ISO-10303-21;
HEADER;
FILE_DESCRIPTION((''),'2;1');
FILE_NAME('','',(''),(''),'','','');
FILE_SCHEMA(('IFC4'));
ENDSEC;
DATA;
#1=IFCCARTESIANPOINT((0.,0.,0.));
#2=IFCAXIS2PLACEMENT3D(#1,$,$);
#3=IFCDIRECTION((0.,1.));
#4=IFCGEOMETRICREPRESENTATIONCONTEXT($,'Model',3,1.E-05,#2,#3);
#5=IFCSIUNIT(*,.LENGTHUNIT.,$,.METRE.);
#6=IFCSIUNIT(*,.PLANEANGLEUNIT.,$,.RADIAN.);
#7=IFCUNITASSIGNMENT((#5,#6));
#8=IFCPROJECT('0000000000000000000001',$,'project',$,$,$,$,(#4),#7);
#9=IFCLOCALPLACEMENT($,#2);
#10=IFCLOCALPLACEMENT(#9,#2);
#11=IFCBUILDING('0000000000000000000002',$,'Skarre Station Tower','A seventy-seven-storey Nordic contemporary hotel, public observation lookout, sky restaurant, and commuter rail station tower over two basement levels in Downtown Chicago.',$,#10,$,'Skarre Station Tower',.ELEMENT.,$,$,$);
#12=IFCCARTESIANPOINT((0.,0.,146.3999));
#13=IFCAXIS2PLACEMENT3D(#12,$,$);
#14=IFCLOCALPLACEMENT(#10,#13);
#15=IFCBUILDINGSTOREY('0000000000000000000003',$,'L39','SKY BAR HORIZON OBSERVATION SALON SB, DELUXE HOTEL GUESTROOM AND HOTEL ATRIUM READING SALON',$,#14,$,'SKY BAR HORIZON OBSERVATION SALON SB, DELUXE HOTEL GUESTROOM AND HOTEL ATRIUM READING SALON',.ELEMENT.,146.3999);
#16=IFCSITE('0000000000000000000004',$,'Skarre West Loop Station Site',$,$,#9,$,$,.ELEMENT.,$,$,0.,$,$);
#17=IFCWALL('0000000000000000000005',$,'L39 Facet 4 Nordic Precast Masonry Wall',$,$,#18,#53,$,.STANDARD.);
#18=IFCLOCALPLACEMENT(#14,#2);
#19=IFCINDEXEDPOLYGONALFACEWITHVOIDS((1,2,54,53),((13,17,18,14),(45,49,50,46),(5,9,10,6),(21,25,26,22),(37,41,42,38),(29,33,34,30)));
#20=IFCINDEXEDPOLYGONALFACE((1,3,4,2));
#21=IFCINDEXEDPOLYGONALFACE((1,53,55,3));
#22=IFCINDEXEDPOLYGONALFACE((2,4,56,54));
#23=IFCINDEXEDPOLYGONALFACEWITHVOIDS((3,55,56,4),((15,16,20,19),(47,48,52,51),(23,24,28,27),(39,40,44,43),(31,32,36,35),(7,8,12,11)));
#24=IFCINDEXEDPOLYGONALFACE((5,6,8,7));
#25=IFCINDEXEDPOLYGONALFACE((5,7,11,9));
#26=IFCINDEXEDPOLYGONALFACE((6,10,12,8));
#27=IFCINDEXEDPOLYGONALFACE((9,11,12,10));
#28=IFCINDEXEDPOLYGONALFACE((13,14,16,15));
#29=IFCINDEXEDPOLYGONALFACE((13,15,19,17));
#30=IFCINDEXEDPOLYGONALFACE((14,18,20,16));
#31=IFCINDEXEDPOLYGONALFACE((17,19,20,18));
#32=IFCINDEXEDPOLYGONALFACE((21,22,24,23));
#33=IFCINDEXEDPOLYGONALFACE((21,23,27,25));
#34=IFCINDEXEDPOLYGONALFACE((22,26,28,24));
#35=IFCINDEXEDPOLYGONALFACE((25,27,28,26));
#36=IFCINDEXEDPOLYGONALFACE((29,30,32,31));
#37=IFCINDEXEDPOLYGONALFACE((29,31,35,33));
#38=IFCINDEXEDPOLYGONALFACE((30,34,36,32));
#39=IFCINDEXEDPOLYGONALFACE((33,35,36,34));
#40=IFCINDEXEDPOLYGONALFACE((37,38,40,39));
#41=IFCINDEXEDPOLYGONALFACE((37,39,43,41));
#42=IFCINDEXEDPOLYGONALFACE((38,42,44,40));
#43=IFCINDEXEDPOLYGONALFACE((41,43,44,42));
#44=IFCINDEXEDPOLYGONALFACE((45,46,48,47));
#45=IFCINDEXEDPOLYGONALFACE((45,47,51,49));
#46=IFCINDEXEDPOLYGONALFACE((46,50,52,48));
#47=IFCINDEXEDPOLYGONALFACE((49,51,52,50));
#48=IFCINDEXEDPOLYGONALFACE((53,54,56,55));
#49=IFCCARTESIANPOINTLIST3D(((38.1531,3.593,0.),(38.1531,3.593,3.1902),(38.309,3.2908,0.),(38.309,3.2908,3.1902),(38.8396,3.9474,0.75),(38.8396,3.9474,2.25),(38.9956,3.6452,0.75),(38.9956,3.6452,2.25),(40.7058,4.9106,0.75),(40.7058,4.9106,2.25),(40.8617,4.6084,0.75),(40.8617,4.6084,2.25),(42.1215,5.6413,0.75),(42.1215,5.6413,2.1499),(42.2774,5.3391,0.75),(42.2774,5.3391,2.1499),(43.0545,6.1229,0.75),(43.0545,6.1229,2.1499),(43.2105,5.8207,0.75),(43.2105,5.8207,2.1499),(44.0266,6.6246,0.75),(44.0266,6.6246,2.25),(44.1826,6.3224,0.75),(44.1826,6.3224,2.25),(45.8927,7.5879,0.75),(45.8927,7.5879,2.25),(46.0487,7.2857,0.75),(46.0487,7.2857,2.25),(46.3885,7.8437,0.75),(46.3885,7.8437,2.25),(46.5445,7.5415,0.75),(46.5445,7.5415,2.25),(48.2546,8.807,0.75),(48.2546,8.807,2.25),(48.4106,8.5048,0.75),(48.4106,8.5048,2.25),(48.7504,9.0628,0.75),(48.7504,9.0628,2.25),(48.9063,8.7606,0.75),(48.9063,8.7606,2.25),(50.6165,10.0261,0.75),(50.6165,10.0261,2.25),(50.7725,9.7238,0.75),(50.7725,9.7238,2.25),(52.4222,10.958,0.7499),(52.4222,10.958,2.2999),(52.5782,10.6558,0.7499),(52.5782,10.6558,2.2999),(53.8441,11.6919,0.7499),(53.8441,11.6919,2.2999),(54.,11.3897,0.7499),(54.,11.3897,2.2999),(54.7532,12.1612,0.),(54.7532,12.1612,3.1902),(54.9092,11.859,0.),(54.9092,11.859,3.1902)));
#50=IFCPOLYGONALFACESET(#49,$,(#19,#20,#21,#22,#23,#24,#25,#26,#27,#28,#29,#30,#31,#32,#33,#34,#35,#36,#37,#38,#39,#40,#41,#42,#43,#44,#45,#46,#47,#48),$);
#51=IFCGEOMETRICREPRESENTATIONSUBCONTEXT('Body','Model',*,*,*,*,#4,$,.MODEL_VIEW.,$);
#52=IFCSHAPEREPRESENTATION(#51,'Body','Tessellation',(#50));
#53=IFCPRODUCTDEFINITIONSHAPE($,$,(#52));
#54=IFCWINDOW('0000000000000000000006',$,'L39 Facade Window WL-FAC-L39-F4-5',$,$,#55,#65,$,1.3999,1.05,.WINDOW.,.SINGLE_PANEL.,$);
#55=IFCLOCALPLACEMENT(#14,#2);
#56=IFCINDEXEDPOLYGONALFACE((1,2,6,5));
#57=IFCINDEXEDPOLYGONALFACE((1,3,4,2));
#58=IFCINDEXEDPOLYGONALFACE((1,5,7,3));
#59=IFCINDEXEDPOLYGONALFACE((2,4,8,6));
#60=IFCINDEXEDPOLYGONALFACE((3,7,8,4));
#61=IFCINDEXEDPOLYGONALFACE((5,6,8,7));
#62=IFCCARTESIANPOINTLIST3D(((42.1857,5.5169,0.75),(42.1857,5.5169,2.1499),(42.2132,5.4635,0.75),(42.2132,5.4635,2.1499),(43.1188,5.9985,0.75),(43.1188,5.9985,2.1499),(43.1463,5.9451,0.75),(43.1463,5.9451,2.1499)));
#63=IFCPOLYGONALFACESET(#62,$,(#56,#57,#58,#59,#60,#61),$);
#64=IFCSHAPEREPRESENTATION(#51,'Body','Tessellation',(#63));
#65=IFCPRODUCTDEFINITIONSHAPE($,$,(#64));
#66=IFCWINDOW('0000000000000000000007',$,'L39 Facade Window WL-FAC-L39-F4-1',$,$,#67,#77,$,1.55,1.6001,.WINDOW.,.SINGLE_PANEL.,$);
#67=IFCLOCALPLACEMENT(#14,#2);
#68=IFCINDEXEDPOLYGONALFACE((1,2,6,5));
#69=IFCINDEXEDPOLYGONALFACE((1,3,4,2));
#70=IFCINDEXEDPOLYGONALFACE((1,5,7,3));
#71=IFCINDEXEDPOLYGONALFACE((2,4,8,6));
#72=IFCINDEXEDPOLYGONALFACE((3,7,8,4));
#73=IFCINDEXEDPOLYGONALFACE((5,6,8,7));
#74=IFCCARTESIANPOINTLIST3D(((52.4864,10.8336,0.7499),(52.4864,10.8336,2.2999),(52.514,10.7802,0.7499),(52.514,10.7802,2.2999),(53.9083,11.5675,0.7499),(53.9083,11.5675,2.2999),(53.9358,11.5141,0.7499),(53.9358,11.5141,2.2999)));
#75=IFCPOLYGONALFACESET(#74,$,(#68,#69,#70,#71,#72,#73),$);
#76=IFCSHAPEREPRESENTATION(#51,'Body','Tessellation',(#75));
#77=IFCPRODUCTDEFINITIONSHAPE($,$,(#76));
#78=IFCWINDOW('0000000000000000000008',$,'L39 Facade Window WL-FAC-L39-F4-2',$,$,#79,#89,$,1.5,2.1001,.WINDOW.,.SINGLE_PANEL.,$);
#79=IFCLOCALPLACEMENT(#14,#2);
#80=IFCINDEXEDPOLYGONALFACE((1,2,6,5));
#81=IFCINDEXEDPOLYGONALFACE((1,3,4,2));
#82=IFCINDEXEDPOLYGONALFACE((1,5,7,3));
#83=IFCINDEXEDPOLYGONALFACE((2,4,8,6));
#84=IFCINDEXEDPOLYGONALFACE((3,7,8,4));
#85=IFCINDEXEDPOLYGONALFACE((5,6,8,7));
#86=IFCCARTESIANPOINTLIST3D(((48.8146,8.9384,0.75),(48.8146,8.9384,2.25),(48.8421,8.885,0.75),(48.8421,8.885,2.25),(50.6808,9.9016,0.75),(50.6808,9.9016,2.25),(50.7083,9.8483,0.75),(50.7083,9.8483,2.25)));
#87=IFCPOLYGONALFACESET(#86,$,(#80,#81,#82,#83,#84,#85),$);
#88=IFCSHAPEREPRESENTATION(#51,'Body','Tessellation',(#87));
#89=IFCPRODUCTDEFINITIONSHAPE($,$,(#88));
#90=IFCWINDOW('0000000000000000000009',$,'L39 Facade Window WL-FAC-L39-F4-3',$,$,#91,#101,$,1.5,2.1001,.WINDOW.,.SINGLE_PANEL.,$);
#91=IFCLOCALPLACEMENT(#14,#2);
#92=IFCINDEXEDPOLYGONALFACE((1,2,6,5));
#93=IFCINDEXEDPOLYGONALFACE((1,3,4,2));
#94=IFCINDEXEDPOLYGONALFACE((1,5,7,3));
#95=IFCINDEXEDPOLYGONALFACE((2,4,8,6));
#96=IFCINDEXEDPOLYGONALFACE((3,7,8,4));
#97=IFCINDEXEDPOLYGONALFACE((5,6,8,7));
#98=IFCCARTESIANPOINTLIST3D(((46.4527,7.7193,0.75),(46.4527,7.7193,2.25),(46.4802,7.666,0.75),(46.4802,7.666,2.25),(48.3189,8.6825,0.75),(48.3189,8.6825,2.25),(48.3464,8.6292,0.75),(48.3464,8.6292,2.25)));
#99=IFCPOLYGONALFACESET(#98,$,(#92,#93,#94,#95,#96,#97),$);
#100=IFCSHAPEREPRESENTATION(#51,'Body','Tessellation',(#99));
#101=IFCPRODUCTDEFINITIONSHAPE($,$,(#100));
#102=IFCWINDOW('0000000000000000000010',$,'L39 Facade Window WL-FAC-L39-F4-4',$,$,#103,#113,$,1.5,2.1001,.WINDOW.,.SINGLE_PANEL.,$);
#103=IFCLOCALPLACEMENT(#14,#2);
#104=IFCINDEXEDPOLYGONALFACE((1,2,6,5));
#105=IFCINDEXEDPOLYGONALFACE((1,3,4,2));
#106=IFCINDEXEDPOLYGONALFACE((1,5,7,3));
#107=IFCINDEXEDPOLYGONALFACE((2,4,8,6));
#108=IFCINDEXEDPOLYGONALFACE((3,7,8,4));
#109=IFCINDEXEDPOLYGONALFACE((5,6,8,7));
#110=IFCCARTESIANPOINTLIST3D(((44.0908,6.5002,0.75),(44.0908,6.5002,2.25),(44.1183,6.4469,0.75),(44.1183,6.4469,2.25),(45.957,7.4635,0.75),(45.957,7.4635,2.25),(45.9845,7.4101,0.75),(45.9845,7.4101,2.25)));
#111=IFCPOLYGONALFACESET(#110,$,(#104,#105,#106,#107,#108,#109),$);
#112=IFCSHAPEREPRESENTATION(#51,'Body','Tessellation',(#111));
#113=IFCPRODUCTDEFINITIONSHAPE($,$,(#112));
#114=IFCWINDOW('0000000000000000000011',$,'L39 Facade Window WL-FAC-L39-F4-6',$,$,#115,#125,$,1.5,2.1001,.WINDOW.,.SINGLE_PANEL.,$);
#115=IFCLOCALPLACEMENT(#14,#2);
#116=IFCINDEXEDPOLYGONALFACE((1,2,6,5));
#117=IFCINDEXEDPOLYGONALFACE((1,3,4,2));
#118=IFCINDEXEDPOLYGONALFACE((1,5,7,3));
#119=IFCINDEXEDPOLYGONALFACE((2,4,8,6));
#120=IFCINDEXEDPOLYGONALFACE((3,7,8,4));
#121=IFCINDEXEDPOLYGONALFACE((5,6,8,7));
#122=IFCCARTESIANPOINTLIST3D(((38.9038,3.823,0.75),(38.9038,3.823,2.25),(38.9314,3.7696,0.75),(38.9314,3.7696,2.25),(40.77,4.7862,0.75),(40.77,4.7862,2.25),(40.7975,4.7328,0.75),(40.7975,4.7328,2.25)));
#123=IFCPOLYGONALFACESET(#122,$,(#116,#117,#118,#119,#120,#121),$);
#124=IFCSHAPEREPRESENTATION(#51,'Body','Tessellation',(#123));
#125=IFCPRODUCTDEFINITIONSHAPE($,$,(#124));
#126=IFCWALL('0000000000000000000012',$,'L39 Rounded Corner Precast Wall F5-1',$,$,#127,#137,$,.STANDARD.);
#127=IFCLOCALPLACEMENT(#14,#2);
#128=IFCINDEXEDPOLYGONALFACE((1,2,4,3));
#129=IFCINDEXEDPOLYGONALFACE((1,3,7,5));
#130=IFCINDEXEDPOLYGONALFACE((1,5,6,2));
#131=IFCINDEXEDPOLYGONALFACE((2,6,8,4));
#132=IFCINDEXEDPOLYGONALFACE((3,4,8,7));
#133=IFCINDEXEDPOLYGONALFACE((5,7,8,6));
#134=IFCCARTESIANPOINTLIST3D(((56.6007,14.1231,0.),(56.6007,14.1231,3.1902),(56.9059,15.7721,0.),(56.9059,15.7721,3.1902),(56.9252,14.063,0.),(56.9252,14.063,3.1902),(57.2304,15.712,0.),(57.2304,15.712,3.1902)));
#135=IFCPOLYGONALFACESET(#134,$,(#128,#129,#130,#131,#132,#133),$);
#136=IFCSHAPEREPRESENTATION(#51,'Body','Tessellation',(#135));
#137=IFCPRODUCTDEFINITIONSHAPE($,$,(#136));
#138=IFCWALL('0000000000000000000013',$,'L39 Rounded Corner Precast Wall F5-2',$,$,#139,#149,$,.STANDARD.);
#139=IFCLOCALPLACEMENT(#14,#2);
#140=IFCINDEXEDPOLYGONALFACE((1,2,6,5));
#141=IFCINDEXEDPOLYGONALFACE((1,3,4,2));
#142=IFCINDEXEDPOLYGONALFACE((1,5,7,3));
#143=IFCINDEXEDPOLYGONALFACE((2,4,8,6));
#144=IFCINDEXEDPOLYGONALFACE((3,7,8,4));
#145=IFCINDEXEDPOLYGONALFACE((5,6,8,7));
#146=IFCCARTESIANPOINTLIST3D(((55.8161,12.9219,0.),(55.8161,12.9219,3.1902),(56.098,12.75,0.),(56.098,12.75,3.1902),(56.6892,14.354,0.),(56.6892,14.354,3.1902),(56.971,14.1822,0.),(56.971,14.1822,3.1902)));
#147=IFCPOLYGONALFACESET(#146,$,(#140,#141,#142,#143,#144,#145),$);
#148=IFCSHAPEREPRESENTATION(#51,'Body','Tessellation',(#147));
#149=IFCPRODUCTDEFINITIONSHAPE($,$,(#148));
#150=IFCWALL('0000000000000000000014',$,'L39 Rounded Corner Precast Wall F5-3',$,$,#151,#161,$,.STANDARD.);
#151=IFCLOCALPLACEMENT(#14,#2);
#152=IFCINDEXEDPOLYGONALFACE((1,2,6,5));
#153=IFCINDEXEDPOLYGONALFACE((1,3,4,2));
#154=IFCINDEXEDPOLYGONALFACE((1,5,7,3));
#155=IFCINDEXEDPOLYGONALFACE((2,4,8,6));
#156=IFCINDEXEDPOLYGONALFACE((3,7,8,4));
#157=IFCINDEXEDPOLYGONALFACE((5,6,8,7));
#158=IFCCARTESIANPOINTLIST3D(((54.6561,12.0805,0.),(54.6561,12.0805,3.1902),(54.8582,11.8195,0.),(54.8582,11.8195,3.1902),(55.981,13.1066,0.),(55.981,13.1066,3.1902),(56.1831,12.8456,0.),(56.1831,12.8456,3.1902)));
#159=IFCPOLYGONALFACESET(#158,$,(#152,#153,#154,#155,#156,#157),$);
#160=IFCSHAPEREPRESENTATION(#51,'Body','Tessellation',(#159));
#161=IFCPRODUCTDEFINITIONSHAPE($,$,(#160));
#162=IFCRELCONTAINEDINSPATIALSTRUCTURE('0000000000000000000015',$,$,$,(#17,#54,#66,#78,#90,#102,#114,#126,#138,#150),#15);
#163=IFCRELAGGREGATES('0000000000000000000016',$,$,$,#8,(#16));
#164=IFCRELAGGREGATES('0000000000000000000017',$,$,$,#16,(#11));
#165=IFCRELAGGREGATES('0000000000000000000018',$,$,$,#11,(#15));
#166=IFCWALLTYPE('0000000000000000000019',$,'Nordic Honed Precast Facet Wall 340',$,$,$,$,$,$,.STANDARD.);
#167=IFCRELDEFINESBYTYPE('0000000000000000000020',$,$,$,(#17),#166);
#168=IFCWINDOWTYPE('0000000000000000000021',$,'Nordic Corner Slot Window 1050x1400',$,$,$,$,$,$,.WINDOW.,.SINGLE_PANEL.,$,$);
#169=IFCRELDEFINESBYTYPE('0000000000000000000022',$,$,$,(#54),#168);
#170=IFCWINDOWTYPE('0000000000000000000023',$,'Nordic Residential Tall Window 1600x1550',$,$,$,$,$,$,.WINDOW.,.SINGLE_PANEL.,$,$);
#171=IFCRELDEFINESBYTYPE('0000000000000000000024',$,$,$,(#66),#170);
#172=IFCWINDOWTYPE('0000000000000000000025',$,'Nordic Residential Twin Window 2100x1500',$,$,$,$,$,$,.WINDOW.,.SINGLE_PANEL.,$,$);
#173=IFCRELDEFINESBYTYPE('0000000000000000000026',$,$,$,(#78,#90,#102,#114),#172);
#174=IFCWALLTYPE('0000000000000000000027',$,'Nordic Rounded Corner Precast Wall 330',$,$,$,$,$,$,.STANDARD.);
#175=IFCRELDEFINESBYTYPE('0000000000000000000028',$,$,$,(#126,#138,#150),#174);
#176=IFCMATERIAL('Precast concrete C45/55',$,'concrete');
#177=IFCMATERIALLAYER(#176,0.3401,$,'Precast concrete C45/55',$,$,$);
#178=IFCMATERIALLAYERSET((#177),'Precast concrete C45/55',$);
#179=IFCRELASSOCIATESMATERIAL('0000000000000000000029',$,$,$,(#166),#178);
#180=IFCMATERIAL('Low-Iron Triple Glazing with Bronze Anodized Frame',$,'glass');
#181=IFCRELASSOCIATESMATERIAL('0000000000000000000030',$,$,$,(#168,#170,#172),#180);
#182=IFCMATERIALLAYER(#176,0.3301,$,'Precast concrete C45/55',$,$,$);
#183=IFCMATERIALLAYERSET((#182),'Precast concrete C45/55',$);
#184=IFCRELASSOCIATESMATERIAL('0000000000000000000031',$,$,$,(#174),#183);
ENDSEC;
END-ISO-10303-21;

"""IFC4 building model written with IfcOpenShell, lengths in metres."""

from ifc_helpers import new_model, si_unit, direction, frame, frame_2d, origin, place, context, subcontext, project, spatial, rectangle, extrude, material, layer, layer_set, type_object, element, fill, save


model = new_model("IFC4")

# Units and contexts
model_context = context("Model", 3, precision=1e-05, world=origin(), true_north=direction((0.0, 1.0)))
body_context = subcontext(model_context, "Body", "Model", "MODEL_VIEW")
ifc_project = project(units=[si_unit("LENGTHUNIT", "METRE"), si_unit("PLANEANGLEUNIT", "RADIAN")], contexts=[model_context])

# Site, building, storey
site_placement = place(None, origin())
site = spatial("IfcSite", under=ifc_project, at=site_placement, Name="Skarre West Loop Station Site", CompositionType="ELEMENT", RefElevation=0.0)
building_placement = place(site_placement, origin())
building = spatial("IfcBuilding", under=site, at=building_placement, Name="Skarre Station Tower", Description="A seventy-seven-storey Nordic contemporary hotel, public observation lookout, sky restaurant, and commuter rail station tower over two basement levels in Downtown Chicago.", LongName="Skarre Station Tower", CompositionType="ELEMENT")
storey_placement = place(building_placement, frame((0.0, 0.0, 146.3999)))
storey = spatial("IfcBuildingStorey", under=building, at=storey_placement, Name="L39", Description="SKY BAR HORIZON OBSERVATION SALON SB, DELUXE HOTEL GUESTROOM AND HOTEL ATRIUM READING SALON", LongName="SKY BAR HORIZON OBSERVATION SALON SB, DELUXE HOTEL GUESTROOM AND HOTEL ATRIUM READING SALON", CompositionType="ELEMENT", Elevation=146.3999)

# Wall, openings, windows
ifc_material_1 = material(Name="Precast concrete C45/55", Category="concrete")
ifc_layer_1 = layer(ifc_material_1, 0.3401, Name="Precast concrete C45/55")
ifc_layer_set_1 = layer_set([ifc_layer_1], Name="Precast concrete C45/55")
wall_type_1 = type_object("IfcWallType", Name="Nordic Honed Precast Facet Wall 340", PredefinedType="STANDARD", material=ifc_layer_set_1)
wall_1_placement = place(storey_placement, frame((54.8311, 12.01, 0.0), z_axis=(0.0, 0.0, 1.0), x_axis=(-0.888614, -0.458657, 0.0)))
wall_1 = element("IfcWall", 1, at=wall_1_placement, inside=storey, type_object=wall_type_1, Name="L39 Facet 4 Nordic Precast Masonry Wall", PredefinedType="STANDARD", context=body_context, shape_type="SweptSolid", body=[
    extrude(rectangle(XDim=18.6809, YDim=0.3401, at=frame_2d((9.3403, 0.0))), origin(), (0.0, 0.0, 1.0), 3.1902),
])
opening_1_placement = place(wall_1_placement, frame((1.0229, 0.0, 0.75)))
opening_1 = element("IfcOpeningElement", 2, at=opening_1_placement, cuts=wall_1, PredefinedType="OPENING", context=body_context, shape_type="SweptSolid", body=[
    extrude(rectangle(XDim=1.6001, YDim=1.55, at=frame_2d((0.8, 0.7749))), frame((0.0, 0.1799, 0.0), z_axis=(0.0, -1.0, 0.0), x_axis=(1.0, 0.0, 0.0)), (0.0, 0.0, 1.0), 0.3601),
])
opening_2_placement = place(wall_1_placement, frame((4.655, 0.0, 0.75)))
opening_2 = element("IfcOpeningElement", 3, at=opening_2_placement, cuts=wall_1, PredefinedType="OPENING", context=body_context, shape_type="SweptSolid", body=[
    extrude(rectangle(XDim=2.1001, YDim=1.5, at=frame_2d((1.05, 0.75))), frame((0.0, 0.1799, 0.0), z_axis=(0.0, -1.0, 0.0), x_axis=(1.0, 0.0, 0.0)), (0.0, 0.0, 1.0), 0.3601),
])
opening_3_placement = place(wall_1_placement, frame((7.313, 0.0, 0.75)))
opening_3 = element("IfcOpeningElement", 4, at=opening_3_placement, cuts=wall_1, PredefinedType="OPENING", context=body_context, shape_type="SweptSolid", body=[
    extrude(rectangle(XDim=2.1001, YDim=1.5, at=frame_2d((1.05, 0.75))), frame((0.0, 0.1799, 0.0), z_axis=(0.0, -1.0, 0.0), x_axis=(1.0, 0.0, 0.0)), (0.0, 0.0, 1.0), 0.3601),
])
opening_4_placement = place(wall_1_placement, frame((9.9709, 0.0, 0.75)))
opening_4 = element("IfcOpeningElement", 5, at=opening_4_placement, cuts=wall_1, PredefinedType="OPENING", context=body_context, shape_type="SweptSolid", body=[
    extrude(rectangle(XDim=2.1001, YDim=1.5, at=frame_2d((1.05, 0.75))), frame((0.0, 0.1799, 0.0), z_axis=(0.0, -1.0, 0.0), x_axis=(1.0, 0.0, 0.0)), (0.0, 0.0, 1.0), 0.3601),
])
opening_5_placement = place(wall_1_placement, frame((13.165, 0.0, 0.75)))
opening_5 = element("IfcOpeningElement", 6, at=opening_5_placement, cuts=wall_1, PredefinedType="OPENING", context=body_context, shape_type="SweptSolid", body=[
    extrude(rectangle(XDim=1.05, YDim=1.3999, at=frame_2d((0.5249, 0.7))), frame((0.0, 0.1799, 0.0), z_axis=(0.0, -1.0, 0.0), x_axis=(1.0, 0.0, 0.0)), (0.0, 0.0, 1.0), 0.3601),
])
opening_6_placement = place(wall_1_placement, frame((15.8081, 0.0, 0.75)))
opening_6 = element("IfcOpeningElement", 7, at=opening_6_placement, cuts=wall_1, PredefinedType="OPENING", context=body_context, shape_type="SweptSolid", body=[
    extrude(rectangle(XDim=2.1001, YDim=1.5, at=frame_2d((1.05, 0.75))), frame((0.0, 0.1799, 0.0), z_axis=(0.0, -1.0, 0.0), x_axis=(1.0, 0.0, 0.0)), (0.0, 0.0, 1.0), 0.3601),
])
ifc_material_2 = material(Name="Low-Iron Triple Glazing with Bronze Anodized Frame", Category="glass")
window_type_1 = type_object("IfcWindowType", Name="Nordic Corner Slot Window 1050x1400", PartitioningType="SINGLE_PANEL", PredefinedType="WINDOW", material=ifc_material_2)
window_1_placement = place(opening_5_placement, origin())
window_1 = element("IfcWindow", 8, at=window_1_placement, inside=storey, type_object=window_type_1, Name="L39 Facade Window WL-FAC-L39-F4-5", OverallHeight=1.3999, OverallWidth=1.05, PartitioningType="SINGLE_PANEL", PredefinedType="WINDOW", context=body_context, shape_type="SweptSolid", body=[
    extrude(rectangle(XDim=1.05, YDim=1.3999, at=frame_2d((0.5249, 0.7))), frame((0.0, 0.03, 0.0), z_axis=(0.0, -1.0, 0.0), x_axis=(1.0, 0.0, 0.0)), (0.0, 0.0, 1.0), 0.0601),
])
fill(opening_5, window_1)
window_type_2 = type_object("IfcWindowType", Name="Nordic Residential Tall Window 1600x1550", PartitioningType="SINGLE_PANEL", PredefinedType="WINDOW", material=ifc_material_2)
window_2_placement = place(opening_1_placement, origin())
window_2 = element("IfcWindow", 9, at=window_2_placement, inside=storey, type_object=window_type_2, Name="L39 Facade Window WL-FAC-L39-F4-1", OverallHeight=1.55, OverallWidth=1.6001, PartitioningType="SINGLE_PANEL", PredefinedType="WINDOW", context=body_context, shape_type="SweptSolid", body=[
    extrude(rectangle(XDim=1.6001, YDim=1.55, at=frame_2d((0.8, 0.7749))), frame((0.0, 0.03, 0.0), z_axis=(0.0, -1.0, 0.0), x_axis=(1.0, 0.0, 0.0)), (0.0, 0.0, 1.0), 0.0601),
])
fill(opening_1, window_2)
window_type_3 = type_object("IfcWindowType", Name="Nordic Residential Twin Window 2100x1500", PartitioningType="SINGLE_PANEL", PredefinedType="WINDOW", material=ifc_material_2)
window_3_placement = place(opening_2_placement, origin())
window_3 = element("IfcWindow", 10, at=window_3_placement, inside=storey, type_object=window_type_3, Name="L39 Facade Window WL-FAC-L39-F4-2", OverallHeight=1.5, OverallWidth=2.1001, PartitioningType="SINGLE_PANEL", PredefinedType="WINDOW", context=body_context, shape_type="SweptSolid", body=[
    extrude(rectangle(XDim=2.1001, YDim=1.5, at=frame_2d((1.05, 0.75))), frame((0.0, 0.03, 0.0), z_axis=(0.0, -1.0, 0.0), x_axis=(1.0, 0.0, 0.0)), (0.0, 0.0, 1.0), 0.0601),
])
fill(opening_2, window_3)
window_4_placement = place(opening_3_placement, origin())
window_4 = element("IfcWindow", 11, at=window_4_placement, inside=storey, type_object=window_type_3, Name="L39 Facade Window WL-FAC-L39-F4-3", OverallHeight=1.5, OverallWidth=2.1001, PartitioningType="SINGLE_PANEL", PredefinedType="WINDOW", context=body_context, shape_type="SweptSolid", body=[
    extrude(rectangle(XDim=2.1001, YDim=1.5, at=frame_2d((1.05, 0.75))), frame((0.0, 0.03, 0.0), z_axis=(0.0, -1.0, 0.0), x_axis=(1.0, 0.0, 0.0)), (0.0, 0.0, 1.0), 0.0601),
])
fill(opening_3, window_4)
window_5_placement = place(opening_4_placement, origin())
window_5 = element("IfcWindow", 12, at=window_5_placement, inside=storey, type_object=window_type_3, Name="L39 Facade Window WL-FAC-L39-F4-4", OverallHeight=1.5, OverallWidth=2.1001, PartitioningType="SINGLE_PANEL", PredefinedType="WINDOW", context=body_context, shape_type="SweptSolid", body=[
    extrude(rectangle(XDim=2.1001, YDim=1.5, at=frame_2d((1.05, 0.75))), frame((0.0, 0.03, 0.0), z_axis=(0.0, -1.0, 0.0), x_axis=(1.0, 0.0, 0.0)), (0.0, 0.0, 1.0), 0.0601),
])
fill(opening_4, window_5)
window_6_placement = place(opening_6_placement, origin())
window_6 = element("IfcWindow", 13, at=window_6_placement, inside=storey, type_object=window_type_3, Name="L39 Facade Window WL-FAC-L39-F4-6", OverallHeight=1.5, OverallWidth=2.1001, PartitioningType="SINGLE_PANEL", PredefinedType="WINDOW", context=body_context, shape_type="SweptSolid", body=[
    extrude(rectangle(XDim=2.1001, YDim=1.5, at=frame_2d((1.05, 0.75))), frame((0.0, 0.03, 0.0), z_axis=(0.0, -1.0, 0.0), x_axis=(1.0, 0.0, 0.0)), (0.0, 0.0, 1.0), 0.0601),
])
fill(opening_6, window_6)

# Walls
ifc_layer_2 = layer(ifc_material_1, 0.3301, Name="Precast concrete C45/55")
ifc_layer_set_2 = layer_set([ifc_layer_2], Name="Precast concrete C45/55")
wall_type_2 = type_object("IfcWallType", Name="Nordic Rounded Corner Precast Wall 330", PredefinedType="STANDARD", material=ifc_layer_set_2)
wall_2_placement = place(storey_placement, frame((57.0681, 15.7419, 0.0), z_axis=(0.0, 0.0, 1.0), x_axis=(-0.181985, -0.983301, 0.0)))
element("IfcWall", 14, at=wall_2_placement, inside=storey, type_object=wall_type_2, Name="L39 Rounded Corner Precast Wall F5-1", PredefinedType="STANDARD", context=body_context, shape_type="SweptSolid", body=[
    extrude(rectangle(XDim=1.677, YDim=0.3301, at=frame_2d((0.8384, 0.0))), origin(), (0.0, 0.0, 1.0), 3.1902),
])
wall_3_placement = place(storey_placement, frame((56.8301, 14.2681, 0.0), z_axis=(0.0, 0.0, 1.0), x_axis=(-0.520519, -0.85385, 0.0)))
element("IfcWall", 15, at=wall_3_placement, inside=storey, type_object=wall_type_2, Name="L39 Rounded Corner Precast Wall F5-2", PredefinedType="STANDARD", context=body_context, shape_type="SweptSolid", body=[
    extrude(rectangle(XDim=1.6772, YDim=0.3301, at=frame_2d((0.8386, 0.0))), origin(), (0.0, 0.0, 1.0), 3.1902),
])
wall_4_placement = place(storey_placement, frame((56.082, 12.9761, 0.0), z_axis=(0.0, 0.0, 1.0), x_axis=(-0.790621, -0.612305, 0.0)))
element("IfcWall", 16, at=wall_4_placement, inside=storey, type_object=wall_type_2, Name="L39 Rounded Corner Precast Wall F5-3", PredefinedType="STANDARD", context=body_context, shape_type="SweptSolid", body=[
    extrude(rectangle(XDim=1.6758, YDim=0.3301, at=frame_2d((0.8379, 0.0))), origin(), (0.0, 0.0, 1.0), 3.1902),
])

save(model, "model.ifc")
